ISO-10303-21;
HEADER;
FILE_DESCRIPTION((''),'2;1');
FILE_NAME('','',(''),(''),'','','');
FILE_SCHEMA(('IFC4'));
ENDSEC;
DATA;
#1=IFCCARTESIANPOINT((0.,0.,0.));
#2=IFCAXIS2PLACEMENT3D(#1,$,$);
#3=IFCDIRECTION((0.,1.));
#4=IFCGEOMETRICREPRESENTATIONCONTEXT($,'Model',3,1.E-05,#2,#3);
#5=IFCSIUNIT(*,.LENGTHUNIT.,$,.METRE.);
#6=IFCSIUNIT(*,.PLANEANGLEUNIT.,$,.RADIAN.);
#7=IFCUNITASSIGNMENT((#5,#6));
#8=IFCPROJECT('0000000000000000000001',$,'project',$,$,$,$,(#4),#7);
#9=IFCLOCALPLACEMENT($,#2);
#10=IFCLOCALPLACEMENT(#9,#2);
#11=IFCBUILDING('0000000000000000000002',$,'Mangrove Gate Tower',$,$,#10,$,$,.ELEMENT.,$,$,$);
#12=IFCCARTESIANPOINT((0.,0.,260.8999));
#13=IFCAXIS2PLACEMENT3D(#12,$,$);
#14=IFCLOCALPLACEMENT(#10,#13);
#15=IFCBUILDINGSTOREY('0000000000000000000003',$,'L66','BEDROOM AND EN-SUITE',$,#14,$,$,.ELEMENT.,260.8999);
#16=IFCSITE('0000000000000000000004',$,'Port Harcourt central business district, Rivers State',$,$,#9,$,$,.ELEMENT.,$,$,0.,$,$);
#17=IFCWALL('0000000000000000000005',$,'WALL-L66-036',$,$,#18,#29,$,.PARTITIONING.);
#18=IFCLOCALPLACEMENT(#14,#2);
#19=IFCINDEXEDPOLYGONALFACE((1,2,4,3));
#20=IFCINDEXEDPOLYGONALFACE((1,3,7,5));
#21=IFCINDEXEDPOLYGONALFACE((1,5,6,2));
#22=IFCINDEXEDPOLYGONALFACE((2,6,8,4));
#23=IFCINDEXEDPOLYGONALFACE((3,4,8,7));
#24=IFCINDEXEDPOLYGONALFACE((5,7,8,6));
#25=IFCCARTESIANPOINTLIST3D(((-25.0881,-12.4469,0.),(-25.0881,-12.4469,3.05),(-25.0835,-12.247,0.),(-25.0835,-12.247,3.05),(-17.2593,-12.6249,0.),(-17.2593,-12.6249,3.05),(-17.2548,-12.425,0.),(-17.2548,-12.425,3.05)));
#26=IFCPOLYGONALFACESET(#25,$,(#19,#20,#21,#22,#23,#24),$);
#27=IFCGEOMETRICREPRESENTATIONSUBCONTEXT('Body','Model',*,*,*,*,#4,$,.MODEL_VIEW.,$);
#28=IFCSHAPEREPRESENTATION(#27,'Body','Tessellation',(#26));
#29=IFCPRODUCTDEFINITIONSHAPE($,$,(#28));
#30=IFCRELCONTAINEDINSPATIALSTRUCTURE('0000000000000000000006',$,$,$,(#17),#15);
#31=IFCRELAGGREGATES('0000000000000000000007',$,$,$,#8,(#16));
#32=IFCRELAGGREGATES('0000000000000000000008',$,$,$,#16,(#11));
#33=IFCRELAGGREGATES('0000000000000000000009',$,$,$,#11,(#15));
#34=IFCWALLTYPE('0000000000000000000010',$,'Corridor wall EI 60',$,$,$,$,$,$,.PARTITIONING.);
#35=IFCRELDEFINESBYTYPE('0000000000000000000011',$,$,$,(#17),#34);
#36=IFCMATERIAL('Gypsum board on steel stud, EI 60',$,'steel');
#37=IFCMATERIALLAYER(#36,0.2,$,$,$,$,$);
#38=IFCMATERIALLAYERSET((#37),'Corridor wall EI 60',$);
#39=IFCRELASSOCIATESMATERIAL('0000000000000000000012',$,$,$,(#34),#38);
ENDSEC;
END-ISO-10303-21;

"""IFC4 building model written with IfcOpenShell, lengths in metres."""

from ifc_helpers import new_model, si_unit, direction, frame, frame_2d, origin, place, context, subcontext, project, spatial, rectangle, extrude, material, layer, layer_set, type_object, element, save


model = new_model("IFC4")

# Units and contexts
model_context = context("Model", 3, precision=1e-05, world=origin(), true_north=direction((0.0, 1.0)))
body_context = subcontext(model_context, "Body", "Model", "MODEL_VIEW")
ifc_project = project(units=[si_unit("LENGTHUNIT", "METRE"), si_unit("PLANEANGLEUNIT", "RADIAN")], contexts=[model_context])

# Site, building, storey
site_placement = place(None, origin())
site = spatial("IfcSite", under=ifc_project, at=site_placement, Name="Port Harcourt central business district, Rivers State", CompositionType="ELEMENT", RefElevation=0.0)
building_placement = place(site_placement, origin())
building = spatial("IfcBuilding", under=site, at=building_placement, Name="Mangrove Gate Tower", CompositionType="ELEMENT")
storey_placement = place(building_placement, frame((0.0, 0.0, 260.8999)))
storey = spatial("IfcBuildingStorey", under=building, at=storey_placement, Name="L66", Description="BEDROOM AND EN-SUITE", CompositionType="ELEMENT", Elevation=260.8999)

# Shared definitions
ifc_material_1 = material(Name="Gypsum board on steel stud, EI 60", Category="steel")
ifc_layer = layer(ifc_material_1, 0.2)
ifc_layer_set = layer_set([ifc_layer], Name="Corridor wall EI 60")
wall_type = type_object("IfcWallType", Name="Corridor wall EI 60", PredefinedType="PARTITIONING", material=ifc_layer_set)

# Wall
wall_1_placement = place(storey_placement, frame((-25.0859, -12.3469, 0.0), z_axis=(0.0, 0.0, 1.0), x_axis=(0.999742, -0.022728, 0.0)))
element("IfcWall", 1, at=wall_1_placement, inside=storey, type_object=wall_type, Name="WALL-L66-036", PredefinedType="PARTITIONING", context=body_context, shape_type="SweptSolid", body=[
    extrude(rectangle(XDim=7.8308, YDim=0.2, at=frame_2d((3.9155, 0.0))), origin(), (0.0, 0.0, 1.0), 3.05),
])

save(model, "model.ifc")
